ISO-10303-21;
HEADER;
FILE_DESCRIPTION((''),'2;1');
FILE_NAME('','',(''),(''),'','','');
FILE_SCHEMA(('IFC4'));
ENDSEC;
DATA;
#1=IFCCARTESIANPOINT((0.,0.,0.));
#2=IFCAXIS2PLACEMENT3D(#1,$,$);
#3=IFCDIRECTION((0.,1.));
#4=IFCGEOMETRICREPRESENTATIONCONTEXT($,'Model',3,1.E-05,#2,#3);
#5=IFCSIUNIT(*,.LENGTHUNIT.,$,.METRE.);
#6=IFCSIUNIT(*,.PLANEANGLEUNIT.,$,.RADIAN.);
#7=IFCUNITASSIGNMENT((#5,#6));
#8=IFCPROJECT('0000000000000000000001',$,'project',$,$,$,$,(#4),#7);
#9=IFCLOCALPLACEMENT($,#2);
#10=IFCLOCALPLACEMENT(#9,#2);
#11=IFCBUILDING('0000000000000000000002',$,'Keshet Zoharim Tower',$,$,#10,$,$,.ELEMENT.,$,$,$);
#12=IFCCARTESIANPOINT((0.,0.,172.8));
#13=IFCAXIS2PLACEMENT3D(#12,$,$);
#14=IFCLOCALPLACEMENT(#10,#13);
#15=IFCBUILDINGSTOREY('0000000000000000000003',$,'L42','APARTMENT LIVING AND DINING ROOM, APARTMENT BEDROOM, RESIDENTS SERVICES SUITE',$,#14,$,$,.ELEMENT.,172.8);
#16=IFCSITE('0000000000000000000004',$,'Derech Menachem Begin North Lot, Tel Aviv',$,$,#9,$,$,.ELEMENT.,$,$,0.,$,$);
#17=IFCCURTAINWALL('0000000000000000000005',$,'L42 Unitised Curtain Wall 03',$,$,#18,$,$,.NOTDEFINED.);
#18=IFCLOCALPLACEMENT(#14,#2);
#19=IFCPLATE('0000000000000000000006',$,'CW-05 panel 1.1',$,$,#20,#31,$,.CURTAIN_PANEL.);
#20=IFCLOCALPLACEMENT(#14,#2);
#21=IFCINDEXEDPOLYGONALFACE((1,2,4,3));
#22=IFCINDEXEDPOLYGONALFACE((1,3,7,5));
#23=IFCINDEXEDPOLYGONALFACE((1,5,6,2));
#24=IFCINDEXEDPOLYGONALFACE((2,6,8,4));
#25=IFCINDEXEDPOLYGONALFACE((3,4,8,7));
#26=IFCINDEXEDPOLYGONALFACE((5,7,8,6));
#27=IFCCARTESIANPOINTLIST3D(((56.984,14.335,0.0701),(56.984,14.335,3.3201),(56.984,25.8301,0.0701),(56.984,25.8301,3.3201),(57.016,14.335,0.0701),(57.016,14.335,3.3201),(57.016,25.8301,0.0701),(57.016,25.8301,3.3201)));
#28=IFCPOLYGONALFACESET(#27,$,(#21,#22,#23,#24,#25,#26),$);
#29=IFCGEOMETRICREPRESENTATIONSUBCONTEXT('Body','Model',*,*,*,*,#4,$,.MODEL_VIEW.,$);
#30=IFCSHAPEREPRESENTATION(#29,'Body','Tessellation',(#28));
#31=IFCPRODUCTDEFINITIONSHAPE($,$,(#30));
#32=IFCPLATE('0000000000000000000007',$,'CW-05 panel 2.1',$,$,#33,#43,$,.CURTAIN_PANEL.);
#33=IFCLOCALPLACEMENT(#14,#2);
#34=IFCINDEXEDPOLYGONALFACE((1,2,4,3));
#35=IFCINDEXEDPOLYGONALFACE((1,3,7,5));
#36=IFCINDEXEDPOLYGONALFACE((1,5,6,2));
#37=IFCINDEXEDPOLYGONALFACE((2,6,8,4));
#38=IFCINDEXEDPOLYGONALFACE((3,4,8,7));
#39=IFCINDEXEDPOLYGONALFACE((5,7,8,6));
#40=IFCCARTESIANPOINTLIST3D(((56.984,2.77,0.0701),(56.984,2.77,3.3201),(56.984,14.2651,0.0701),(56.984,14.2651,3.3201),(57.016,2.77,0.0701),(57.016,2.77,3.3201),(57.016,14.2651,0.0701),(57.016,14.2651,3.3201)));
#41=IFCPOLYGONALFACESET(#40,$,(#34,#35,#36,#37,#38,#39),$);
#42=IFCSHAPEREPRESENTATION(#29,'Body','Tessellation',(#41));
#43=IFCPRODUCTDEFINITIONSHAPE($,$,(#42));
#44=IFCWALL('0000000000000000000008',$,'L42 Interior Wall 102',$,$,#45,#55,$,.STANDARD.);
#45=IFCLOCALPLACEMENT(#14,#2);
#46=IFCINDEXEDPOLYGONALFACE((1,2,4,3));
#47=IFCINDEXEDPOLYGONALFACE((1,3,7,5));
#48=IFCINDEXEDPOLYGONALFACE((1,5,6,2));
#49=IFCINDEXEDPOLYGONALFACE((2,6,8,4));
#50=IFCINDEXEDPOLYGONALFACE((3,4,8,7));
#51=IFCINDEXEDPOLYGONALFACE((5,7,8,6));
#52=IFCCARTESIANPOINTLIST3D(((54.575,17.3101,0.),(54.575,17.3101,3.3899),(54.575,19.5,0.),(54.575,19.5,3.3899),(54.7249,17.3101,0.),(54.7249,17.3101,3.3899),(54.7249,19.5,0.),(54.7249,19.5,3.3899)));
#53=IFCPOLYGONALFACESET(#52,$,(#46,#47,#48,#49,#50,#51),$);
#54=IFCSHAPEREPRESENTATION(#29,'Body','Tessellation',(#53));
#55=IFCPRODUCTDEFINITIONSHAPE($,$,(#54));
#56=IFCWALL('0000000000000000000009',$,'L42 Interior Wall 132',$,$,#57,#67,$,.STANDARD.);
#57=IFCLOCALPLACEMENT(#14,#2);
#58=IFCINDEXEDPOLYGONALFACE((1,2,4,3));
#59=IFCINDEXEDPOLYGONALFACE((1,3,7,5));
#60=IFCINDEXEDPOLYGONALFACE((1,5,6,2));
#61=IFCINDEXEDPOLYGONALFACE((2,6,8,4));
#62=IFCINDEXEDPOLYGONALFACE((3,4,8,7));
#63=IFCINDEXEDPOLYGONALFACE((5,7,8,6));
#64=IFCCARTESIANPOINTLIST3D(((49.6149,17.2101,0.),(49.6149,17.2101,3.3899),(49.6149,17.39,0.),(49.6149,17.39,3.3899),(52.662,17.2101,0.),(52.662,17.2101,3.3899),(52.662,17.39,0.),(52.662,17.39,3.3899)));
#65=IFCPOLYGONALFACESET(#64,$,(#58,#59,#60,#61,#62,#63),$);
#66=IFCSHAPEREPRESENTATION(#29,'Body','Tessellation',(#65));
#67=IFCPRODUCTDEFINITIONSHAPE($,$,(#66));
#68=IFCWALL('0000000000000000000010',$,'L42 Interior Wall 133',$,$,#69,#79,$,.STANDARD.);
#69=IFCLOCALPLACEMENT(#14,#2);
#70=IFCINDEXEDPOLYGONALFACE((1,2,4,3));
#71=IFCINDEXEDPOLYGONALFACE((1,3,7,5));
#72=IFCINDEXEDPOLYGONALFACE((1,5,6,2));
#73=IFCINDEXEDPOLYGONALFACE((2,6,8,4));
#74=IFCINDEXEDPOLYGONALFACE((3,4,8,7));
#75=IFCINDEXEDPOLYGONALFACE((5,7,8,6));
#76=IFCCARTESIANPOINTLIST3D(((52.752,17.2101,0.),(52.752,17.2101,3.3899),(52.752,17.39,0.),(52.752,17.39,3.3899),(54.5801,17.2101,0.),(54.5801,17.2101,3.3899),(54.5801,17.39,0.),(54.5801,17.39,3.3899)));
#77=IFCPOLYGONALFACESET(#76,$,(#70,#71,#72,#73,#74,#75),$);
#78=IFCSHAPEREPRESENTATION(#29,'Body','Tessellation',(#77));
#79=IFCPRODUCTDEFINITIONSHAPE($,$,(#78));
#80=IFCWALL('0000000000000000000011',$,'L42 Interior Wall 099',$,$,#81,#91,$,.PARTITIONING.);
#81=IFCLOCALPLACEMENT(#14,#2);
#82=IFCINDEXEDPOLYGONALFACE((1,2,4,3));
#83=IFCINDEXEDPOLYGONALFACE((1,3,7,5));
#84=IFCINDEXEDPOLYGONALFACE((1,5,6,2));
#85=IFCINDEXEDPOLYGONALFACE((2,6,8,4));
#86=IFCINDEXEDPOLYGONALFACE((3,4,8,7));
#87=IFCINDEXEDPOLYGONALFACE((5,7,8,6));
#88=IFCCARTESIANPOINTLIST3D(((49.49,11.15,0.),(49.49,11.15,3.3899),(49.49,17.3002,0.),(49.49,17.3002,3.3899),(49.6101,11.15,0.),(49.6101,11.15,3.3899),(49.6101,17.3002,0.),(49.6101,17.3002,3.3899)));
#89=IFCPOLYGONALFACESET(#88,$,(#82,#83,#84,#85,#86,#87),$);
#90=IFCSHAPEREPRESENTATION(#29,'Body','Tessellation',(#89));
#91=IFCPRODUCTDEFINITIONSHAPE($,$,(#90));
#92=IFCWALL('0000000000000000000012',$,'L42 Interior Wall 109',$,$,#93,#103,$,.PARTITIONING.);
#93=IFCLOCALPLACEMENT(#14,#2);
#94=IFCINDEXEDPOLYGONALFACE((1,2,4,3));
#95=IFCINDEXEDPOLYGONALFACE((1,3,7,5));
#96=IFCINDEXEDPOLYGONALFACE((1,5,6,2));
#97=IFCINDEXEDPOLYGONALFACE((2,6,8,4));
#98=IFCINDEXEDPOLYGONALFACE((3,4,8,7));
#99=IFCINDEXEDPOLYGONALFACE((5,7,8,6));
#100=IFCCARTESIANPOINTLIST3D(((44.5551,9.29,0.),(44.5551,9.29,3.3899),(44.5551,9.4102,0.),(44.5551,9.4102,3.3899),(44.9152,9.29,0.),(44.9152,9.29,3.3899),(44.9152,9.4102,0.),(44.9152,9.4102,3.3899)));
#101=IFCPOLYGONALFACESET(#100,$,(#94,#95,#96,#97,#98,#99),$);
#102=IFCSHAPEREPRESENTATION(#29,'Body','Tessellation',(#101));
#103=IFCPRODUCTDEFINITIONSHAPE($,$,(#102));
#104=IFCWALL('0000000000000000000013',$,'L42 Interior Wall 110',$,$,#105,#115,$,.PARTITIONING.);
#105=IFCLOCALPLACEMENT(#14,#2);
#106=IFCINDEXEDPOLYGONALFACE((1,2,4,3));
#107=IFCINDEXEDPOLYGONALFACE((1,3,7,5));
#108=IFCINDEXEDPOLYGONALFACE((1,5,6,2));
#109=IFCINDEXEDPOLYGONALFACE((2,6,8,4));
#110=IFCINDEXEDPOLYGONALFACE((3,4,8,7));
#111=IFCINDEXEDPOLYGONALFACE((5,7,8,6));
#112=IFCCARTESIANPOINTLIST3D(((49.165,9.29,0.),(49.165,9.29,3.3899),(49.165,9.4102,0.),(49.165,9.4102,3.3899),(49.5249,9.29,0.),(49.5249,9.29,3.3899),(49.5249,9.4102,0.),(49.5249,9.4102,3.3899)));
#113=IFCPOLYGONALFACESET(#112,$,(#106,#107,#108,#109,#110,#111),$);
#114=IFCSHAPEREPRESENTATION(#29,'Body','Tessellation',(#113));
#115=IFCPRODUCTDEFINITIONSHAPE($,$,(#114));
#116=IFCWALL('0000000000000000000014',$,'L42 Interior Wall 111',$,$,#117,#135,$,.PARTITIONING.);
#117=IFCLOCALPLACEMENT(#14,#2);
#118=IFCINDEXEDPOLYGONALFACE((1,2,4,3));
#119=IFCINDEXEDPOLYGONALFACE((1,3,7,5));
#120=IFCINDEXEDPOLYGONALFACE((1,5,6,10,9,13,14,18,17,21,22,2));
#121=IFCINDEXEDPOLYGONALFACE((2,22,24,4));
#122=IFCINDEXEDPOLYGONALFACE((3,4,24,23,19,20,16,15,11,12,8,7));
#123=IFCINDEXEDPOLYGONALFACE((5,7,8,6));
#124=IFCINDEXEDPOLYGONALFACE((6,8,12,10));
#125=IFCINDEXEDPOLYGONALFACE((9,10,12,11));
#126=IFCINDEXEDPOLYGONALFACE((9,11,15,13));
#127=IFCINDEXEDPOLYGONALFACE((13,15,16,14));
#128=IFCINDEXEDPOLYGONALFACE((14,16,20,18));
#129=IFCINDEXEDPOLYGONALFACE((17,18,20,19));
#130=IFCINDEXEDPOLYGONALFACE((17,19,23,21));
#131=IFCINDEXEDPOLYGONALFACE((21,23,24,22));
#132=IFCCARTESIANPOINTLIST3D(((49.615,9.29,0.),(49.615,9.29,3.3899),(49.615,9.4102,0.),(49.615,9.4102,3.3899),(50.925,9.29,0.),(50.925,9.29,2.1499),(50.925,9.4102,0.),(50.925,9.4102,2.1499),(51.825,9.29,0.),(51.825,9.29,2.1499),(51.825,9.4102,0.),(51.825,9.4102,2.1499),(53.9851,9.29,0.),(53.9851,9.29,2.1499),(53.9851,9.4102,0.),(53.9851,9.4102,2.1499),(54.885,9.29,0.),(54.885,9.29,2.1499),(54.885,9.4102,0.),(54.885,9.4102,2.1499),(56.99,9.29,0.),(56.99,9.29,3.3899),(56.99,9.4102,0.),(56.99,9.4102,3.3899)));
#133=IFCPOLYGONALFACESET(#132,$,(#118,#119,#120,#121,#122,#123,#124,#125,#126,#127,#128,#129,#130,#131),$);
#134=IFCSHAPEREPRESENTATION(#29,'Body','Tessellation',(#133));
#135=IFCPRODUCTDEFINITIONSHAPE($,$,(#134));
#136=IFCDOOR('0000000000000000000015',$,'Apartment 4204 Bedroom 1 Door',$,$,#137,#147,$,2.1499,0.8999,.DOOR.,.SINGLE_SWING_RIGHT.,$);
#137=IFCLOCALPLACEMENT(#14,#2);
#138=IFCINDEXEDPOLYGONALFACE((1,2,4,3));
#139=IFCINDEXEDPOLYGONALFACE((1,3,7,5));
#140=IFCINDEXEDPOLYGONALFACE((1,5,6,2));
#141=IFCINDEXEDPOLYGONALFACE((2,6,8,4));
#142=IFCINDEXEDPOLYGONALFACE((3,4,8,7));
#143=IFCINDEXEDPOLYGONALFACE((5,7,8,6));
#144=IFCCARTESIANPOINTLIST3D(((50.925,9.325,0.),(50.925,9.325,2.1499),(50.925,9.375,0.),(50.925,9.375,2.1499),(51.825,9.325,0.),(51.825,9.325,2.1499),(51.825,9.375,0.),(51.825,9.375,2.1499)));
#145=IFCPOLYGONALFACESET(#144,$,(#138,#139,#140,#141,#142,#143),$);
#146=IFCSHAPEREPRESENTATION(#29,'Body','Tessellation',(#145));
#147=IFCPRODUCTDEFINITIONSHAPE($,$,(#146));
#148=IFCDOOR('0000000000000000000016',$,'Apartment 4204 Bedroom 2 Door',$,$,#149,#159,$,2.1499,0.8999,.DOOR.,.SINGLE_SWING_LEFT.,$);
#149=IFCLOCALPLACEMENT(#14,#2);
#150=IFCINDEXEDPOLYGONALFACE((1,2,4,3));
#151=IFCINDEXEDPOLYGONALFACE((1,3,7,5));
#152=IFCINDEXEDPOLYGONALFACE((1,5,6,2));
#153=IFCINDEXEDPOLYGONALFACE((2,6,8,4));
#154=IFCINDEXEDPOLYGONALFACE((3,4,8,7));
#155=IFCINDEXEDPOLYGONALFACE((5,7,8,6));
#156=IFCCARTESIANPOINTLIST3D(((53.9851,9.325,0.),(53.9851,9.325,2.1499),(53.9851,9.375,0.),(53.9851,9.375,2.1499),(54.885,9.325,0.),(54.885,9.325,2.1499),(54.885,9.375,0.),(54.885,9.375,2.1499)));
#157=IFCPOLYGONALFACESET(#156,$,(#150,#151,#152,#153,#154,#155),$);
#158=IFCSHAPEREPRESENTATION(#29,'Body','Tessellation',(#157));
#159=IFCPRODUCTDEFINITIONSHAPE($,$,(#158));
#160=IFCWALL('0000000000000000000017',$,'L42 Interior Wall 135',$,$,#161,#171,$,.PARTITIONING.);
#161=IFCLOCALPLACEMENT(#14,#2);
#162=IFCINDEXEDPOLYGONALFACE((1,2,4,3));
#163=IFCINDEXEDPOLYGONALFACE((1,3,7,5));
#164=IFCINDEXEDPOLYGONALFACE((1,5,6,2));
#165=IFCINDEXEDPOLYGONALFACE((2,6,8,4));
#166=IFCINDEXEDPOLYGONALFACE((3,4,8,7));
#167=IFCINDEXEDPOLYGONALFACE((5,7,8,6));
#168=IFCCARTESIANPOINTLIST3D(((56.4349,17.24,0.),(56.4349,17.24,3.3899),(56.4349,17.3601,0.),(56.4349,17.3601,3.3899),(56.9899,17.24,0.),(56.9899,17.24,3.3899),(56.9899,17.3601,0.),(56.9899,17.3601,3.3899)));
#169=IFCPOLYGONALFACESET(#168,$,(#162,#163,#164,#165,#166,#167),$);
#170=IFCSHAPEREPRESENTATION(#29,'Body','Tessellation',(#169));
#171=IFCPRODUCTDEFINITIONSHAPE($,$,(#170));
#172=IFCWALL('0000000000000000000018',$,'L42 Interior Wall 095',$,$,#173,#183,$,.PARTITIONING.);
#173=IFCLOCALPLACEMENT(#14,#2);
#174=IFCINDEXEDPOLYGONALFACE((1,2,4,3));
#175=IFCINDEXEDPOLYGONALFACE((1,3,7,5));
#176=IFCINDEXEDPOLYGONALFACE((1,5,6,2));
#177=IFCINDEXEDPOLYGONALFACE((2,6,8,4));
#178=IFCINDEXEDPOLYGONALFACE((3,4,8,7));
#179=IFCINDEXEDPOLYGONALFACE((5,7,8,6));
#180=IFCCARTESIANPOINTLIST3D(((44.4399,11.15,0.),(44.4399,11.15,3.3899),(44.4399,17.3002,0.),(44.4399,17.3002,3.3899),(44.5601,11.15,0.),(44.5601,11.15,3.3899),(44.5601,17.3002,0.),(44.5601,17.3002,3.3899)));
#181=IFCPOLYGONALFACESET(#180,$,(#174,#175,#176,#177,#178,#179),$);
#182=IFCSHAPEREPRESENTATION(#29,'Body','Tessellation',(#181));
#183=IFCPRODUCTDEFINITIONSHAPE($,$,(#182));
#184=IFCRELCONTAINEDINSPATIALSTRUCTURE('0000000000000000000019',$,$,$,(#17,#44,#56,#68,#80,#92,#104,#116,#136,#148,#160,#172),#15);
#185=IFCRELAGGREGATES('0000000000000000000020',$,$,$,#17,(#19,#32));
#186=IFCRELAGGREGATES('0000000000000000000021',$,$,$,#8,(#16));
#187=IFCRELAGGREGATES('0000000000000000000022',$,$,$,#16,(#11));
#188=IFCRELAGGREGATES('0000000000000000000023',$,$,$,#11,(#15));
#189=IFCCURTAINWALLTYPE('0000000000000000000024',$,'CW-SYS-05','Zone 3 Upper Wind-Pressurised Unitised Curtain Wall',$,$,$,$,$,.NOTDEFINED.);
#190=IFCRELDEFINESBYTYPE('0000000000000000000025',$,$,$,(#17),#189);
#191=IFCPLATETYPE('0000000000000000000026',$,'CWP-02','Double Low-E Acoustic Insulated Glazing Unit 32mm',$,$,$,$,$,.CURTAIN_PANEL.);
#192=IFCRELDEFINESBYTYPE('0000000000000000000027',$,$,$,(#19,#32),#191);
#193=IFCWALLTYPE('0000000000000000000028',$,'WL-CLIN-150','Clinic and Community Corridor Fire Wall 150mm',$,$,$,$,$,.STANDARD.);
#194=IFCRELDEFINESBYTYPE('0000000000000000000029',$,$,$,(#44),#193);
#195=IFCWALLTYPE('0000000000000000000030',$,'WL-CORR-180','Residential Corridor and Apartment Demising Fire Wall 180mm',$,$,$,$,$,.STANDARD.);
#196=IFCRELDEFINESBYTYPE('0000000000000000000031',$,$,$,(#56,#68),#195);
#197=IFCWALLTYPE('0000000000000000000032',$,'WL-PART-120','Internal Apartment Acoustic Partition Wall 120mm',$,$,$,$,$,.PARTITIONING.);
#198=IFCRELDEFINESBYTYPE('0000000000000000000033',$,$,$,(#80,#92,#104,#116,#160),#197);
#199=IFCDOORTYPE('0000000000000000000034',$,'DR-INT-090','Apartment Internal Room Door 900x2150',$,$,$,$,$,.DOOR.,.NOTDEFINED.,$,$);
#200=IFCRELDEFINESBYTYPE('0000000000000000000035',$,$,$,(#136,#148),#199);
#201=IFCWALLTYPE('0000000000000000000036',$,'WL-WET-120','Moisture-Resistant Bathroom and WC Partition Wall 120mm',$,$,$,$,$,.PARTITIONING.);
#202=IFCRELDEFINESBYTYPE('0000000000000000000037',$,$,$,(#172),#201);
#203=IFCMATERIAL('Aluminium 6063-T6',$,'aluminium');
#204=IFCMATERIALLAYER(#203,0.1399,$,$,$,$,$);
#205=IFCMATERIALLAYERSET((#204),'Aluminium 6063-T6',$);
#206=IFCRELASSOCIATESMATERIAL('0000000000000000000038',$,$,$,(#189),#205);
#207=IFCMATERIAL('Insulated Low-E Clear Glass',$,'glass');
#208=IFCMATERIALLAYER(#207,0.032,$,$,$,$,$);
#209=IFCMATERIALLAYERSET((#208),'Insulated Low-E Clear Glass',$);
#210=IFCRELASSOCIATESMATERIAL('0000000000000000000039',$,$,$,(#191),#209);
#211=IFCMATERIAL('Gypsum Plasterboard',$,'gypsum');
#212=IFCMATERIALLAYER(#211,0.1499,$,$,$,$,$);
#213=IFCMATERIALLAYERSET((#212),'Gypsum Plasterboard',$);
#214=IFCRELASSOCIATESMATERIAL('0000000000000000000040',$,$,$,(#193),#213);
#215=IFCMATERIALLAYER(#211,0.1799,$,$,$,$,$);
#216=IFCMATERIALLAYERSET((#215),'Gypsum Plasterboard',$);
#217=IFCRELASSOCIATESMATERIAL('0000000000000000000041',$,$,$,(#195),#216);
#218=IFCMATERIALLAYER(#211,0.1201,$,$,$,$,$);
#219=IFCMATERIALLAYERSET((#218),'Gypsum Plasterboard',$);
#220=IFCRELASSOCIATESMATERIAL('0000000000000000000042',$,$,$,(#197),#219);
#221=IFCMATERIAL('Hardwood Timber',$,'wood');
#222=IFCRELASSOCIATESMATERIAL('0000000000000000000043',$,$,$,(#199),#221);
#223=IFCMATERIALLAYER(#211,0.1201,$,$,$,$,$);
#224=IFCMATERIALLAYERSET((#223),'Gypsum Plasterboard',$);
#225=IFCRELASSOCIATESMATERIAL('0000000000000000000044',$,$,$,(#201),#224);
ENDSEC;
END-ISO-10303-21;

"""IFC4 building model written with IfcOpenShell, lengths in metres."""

from ifc_helpers import new_model, si_unit, direction, frame, frame_2d, origin, origin_2d, place, context, subcontext, project, spatial, rectangle, extrude, material, layer, layer_set, type_object, element, fill, aggregate, save


model = new_model("IFC4")

# Units and contexts
model_context = context("Model", 3, precision=1e-05, world=origin(), true_north=direction((0.0, 1.0)))
body_context = subcontext(model_context, "Body", "Model", "MODEL_VIEW")
ifc_project = project(units=[si_unit("LENGTHUNIT", "METRE"), si_unit("PLANEANGLEUNIT", "RADIAN")], contexts=[model_context])

# Site, building, storey
site_placement = place(None, origin())
site = spatial("IfcSite", under=ifc_project, at=site_placement, Name="Derech Menachem Begin North Lot, Tel Aviv", CompositionType="ELEMENT", RefElevation=0.0)
building_placement = place(site_placement, origin())
building = spatial("IfcBuilding", under=site, at=building_placement, Name="Keshet Zoharim Tower", CompositionType="ELEMENT")
storey_placement = place(building_placement, frame((0.0, 0.0, 172.8)))
storey = spatial("IfcBuildingStorey", under=building, at=storey_placement, Name="L42", Description="APARTMENT LIVING AND DINING ROOM, APARTMENT BEDROOM, RESIDENTS SERVICES SUITE", CompositionType="ELEMENT", Elevation=172.8)

# Curtain wall
ifc_material_1 = material(Name="Aluminium 6063-T6", Category="aluminium")
ifc_layer_1 = layer(ifc_material_1, 0.1399)
ifc_layer_set_1 = layer_set([ifc_layer_1], Name="Aluminium 6063-T6")
curtain_wall_type = type_object("IfcCurtainWallType", Name="CW-SYS-05", Description="Zone 3 Upper Wind-Pressurised Unitised Curtain Wall", PredefinedType="NOTDEFINED", material=ifc_layer_set_1)
curtain_wall_1_placement = place(storey_placement, origin())
curtain_wall_1 = element("IfcCurtainWall", 1, at=curtain_wall_1_placement, inside=storey, type_object=curtain_wall_type, Name="L42 Unitised Curtain Wall 03", PredefinedType="NOTDEFINED")

# Plates
ifc_material_2 = material(Name="Insulated Low-E Clear Glass", Category="glass")
ifc_layer_2 = layer(ifc_material_2, 0.032)
ifc_layer_set_2 = layer_set([ifc_layer_2], Name="Insulated Low-E Clear Glass")
plate_type = type_object("IfcPlateType", Name="CWP-02", Description="Double Low-E Acoustic Insulated Glazing Unit 32mm", PredefinedType="CURTAIN_PANEL", material=ifc_layer_set_2)
plate_1_placement = place(storey_placement, frame((57.0, 20.0825, 0.0701), z_axis=(0.0, 0.0, 1.0), x_axis=(0.0, -1.0, 0.0)))
plate_1 = element("IfcPlate", 2, at=plate_1_placement, type_object=plate_type, Name="CW-05 panel 1.1", PredefinedType="CURTAIN_PANEL", context=body_context, shape_type="SweptSolid", body=[
    extrude(rectangle(XDim=11.4951, YDim=0.032, at=origin_2d()), origin(), (0.0, 0.0, 1.0), 3.25),
])
plate_2_placement = place(storey_placement, frame((57.0, 8.5176, 0.0701), z_axis=(0.0, 0.0, 1.0), x_axis=(0.0, -1.0, 0.0)))
plate_2 = element("IfcPlate", 3, at=plate_2_placement, type_object=plate_type, Name="CW-05 panel 2.1", PredefinedType="CURTAIN_PANEL", context=body_context, shape_type="SweptSolid", body=[
    extrude(rectangle(XDim=11.4951, YDim=0.032, at=origin_2d()), origin(), (0.0, 0.0, 1.0), 3.25),
])
aggregate(curtain_wall_1, [plate_1, plate_2])

# Wall
ifc_material_3 = material(Name="Gypsum Plasterboard", Category="gypsum")
ifc_layer_3 = layer(ifc_material_3, 0.1499)
ifc_layer_set_3 = layer_set([ifc_layer_3], Name="Gypsum Plasterboard")
wall_type_1 = type_object("IfcWallType", Name="WL-CLIN-150", Description="Clinic and Community Corridor Fire Wall 150mm", PredefinedType="STANDARD", material=ifc_layer_set_3)
wall_1_placement = place(storey_placement, frame((54.6499, 17.3101, 0.0), z_axis=(0.0, 0.0, 1.0), x_axis=(0.0, 1.0, 0.0)))
element("IfcWall", 4, at=wall_1_placement, inside=storey, type_object=wall_type_1, Name="L42 Interior Wall 102", PredefinedType="STANDARD", context=body_context, shape_type="SweptSolid", body=[
    extrude(rectangle(XDim=2.1899, YDim=0.1499, at=frame_2d((1.095, 0.0))), origin(), (0.0, 0.0, 1.0), 3.3899),
])

# Shared definitions
ifc_layer_4 = layer(ifc_material_3, 0.1799)
ifc_layer_set_4 = layer_set([ifc_layer_4], Name="Gypsum Plasterboard")
wall_type_2 = type_object("IfcWallType", Name="WL-CORR-180", Description="Residential Corridor and Apartment Demising Fire Wall 180mm", PredefinedType="STANDARD", material=ifc_layer_set_4)
ifc_material_4 = material(Name="Hardwood Timber", Category="wood")

# Walls
wall_2_placement = place(storey_placement, frame((49.615, 17.3, 0.0), z_axis=(0.0, 0.0, 1.0), x_axis=(1.0, 0.0, 0.0)))
element("IfcWall", 5, at=wall_2_placement, inside=storey, type_object=wall_type_2, Name="L42 Interior Wall 132", PredefinedType="STANDARD", context=body_context, shape_type="SweptSolid", body=[
    extrude(rectangle(XDim=3.0471, YDim=0.1799, at=frame_2d((1.5234, 0.0))), origin(), (0.0, 0.0, 1.0), 3.3899),
])
wall_3_placement = place(storey_placement, frame((52.752, 17.3, 0.0), z_axis=(0.0, 0.0, 1.0), x_axis=(1.0, 0.0, 0.0)))
element("IfcWall", 6, at=wall_3_placement, inside=storey, type_object=wall_type_2, Name="L42 Interior Wall 133", PredefinedType="STANDARD", context=body_context, shape_type="SweptSolid", body=[
    extrude(rectangle(XDim=1.8281, YDim=0.1799, at=frame_2d((0.9141, 0.0))), origin(), (0.0, 0.0, 1.0), 3.3899),
])
ifc_layer_5 = layer(ifc_material_3, 0.1201)
ifc_layer_set_5 = layer_set([ifc_layer_5], Name="Gypsum Plasterboard")
wall_type_3 = type_object("IfcWallType", Name="WL-PART-120", Description="Internal Apartment Acoustic Partition Wall 120mm", PredefinedType="PARTITIONING", material=ifc_layer_set_5)
wall_4_placement = place(storey_placement, frame((49.55, 11.1499, 0.0), z_axis=(0.0, 0.0, 1.0), x_axis=(0.0, 1.0, 0.0)))
element("IfcWall", 7, at=wall_4_placement, inside=storey, type_object=wall_type_3, Name="L42 Interior Wall 099", PredefinedType="PARTITIONING", context=body_context, shape_type="SweptSolid", body=[
    extrude(rectangle(XDim=6.1501, YDim=0.1201, at=frame_2d((3.0752, 0.0))), origin(), (0.0, 0.0, 1.0), 3.3899),
])
wall_5_placement = place(storey_placement, frame((44.5549, 9.3501, 0.0), z_axis=(0.0, 0.0, 1.0), x_axis=(1.0, 0.0, 0.0)))
element("IfcWall", 8, at=wall_5_placement, inside=storey, type_object=wall_type_3, Name="L42 Interior Wall 109", PredefinedType="PARTITIONING", context=body_context, shape_type="SweptSolid", body=[
    extrude(rectangle(XDim=0.3601, YDim=0.1201, at=frame_2d((0.1802, 0.0))), origin(), (0.0, 0.0, 1.0), 3.3899),
])
wall_6_placement = place(storey_placement, frame((49.165, 9.3501, 0.0), z_axis=(0.0, 0.0, 1.0), x_axis=(1.0, 0.0, 0.0)))
element("IfcWall", 9, at=wall_6_placement, inside=storey, type_object=wall_type_3, Name="L42 Interior Wall 110", PredefinedType="PARTITIONING", context=body_context, shape_type="SweptSolid", body=[
    extrude(rectangle(XDim=0.3599, YDim=0.1201, at=frame_2d((0.1799, 0.0))), origin(), (0.0, 0.0, 1.0), 3.3899),
])

# Wall, openings, doors
wall_7_placement = place(storey_placement, frame((49.615, 9.3501, 0.0), z_axis=(0.0, 0.0, 1.0), x_axis=(1.0, 0.0, 0.0)))
wall_7 = element("IfcWall", 10, at=wall_7_placement, inside=storey, type_object=wall_type_3, Name="L42 Interior Wall 111", PredefinedType="PARTITIONING", context=body_context, shape_type="SweptSolid", body=[
    extrude(rectangle(XDim=7.375, YDim=0.1201, at=frame_2d((3.6875, 0.0))), origin(), (0.0, 0.0, 1.0), 3.3899),
])
opening_1_placement = place(wall_7_placement, frame((1.3101, 0.0, 0.0)))
opening_1 = element("IfcOpeningElement", 11, at=opening_1_placement, cuts=wall_7, PredefinedType="OPENING", context=body_context, shape_type="SweptSolid", body=[
    extrude(rectangle(XDim=0.8999, YDim=2.1499, at=frame_2d((0.45, 1.075))), frame((0.0, 0.0701, 0.0), z_axis=(0.0, -1.0, 0.0), x_axis=(1.0, 0.0, 0.0)), (0.0, 0.0, 1.0), 0.1401),
])
opening_2_placement = place(wall_7_placement, frame((4.3701, 0.0, 0.0)))
opening_2 = element("IfcOpeningElement", 12, at=opening_2_placement, cuts=wall_7, PredefinedType="OPENING", context=body_context, shape_type="SweptSolid", body=[
    extrude(rectangle(XDim=0.8999, YDim=2.1499, at=frame_2d((0.45, 1.075))), frame((0.0, 0.0701, 0.0), z_axis=(0.0, -1.0, 0.0), x_axis=(1.0, 0.0, 0.0)), (0.0, 0.0, 1.0), 0.1401),
])
door_type_1 = type_object("IfcDoorType", Name="DR-INT-090", Description="Apartment Internal Room Door 900x2150", OperationType="NOTDEFINED", PredefinedType="DOOR", material=ifc_material_4)
door_1_placement = place(opening_1_placement, origin())
door_1 = element("IfcDoor", 13, at=door_1_placement, inside=storey, type_object=door_type_1, Name="Apartment 4204 Bedroom 1 Door", OperationType="SINGLE_SWING_RIGHT", OverallHeight=2.1499, OverallWidth=0.8999, PredefinedType="DOOR", context=body_context, shape_type="SweptSolid", body=[
    extrude(rectangle(XDim=0.8999, YDim=2.1499, at=frame_2d((0.45, 1.075))), frame((0.0, 0.0249, 0.0), z_axis=(0.0, -1.0, 0.0), x_axis=(1.0, 0.0, 0.0)), (0.0, 0.0, 1.0), 0.05),
])
fill(opening_1, door_1)
door_2_placement = place(opening_2_placement, origin())
door_2 = element("IfcDoor", 14, at=door_2_placement, inside=storey, type_object=door_type_1, Name="Apartment 4204 Bedroom 2 Door", OperationType="SINGLE_SWING_LEFT", OverallHeight=2.1499, OverallWidth=0.8999, PredefinedType="DOOR", context=body_context, shape_type="SweptSolid", body=[
    extrude(rectangle(XDim=0.8999, YDim=2.1499, at=frame_2d((0.45, 1.075))), frame((0.0, 0.0249, 0.0), z_axis=(0.0, -1.0, 0.0), x_axis=(1.0, 0.0, 0.0)), (0.0, 0.0, 1.0), 0.05),
])
fill(opening_2, door_2)

# Walls
wall_8_placement = place(storey_placement, frame((56.4351, 17.3, 0.0), z_axis=(0.0, 0.0, 1.0), x_axis=(1.0, 0.0, 0.0)))
element("IfcWall", 15, at=wall_8_placement, inside=storey, type_object=wall_type_3, Name="L42 Interior Wall 135", PredefinedType="PARTITIONING", context=body_context, shape_type="SweptSolid", body=[
    extrude(rectangle(XDim=0.5549, YDim=0.1201, at=frame_2d((0.2773, 0.0))), origin(), (0.0, 0.0, 1.0), 3.3899),
])
ifc_layer_6 = layer(ifc_material_3, 0.1201)
ifc_layer_set_6 = layer_set([ifc_layer_6], Name="Gypsum Plasterboard")
wall_type_4 = type_object("IfcWallType", Name="WL-WET-120", Description="Moisture-Resistant Bathroom and WC Partition Wall 120mm", PredefinedType="PARTITIONING", material=ifc_layer_set_6)
for number, where, z_axis, x_axis, name in (
    (16, (44.5, 11.1499, 0.0), (0.0, 0.0, 1.0), (0.0, 1.0, 0.0), "L42 Interior Wall 095"),
):
    element("IfcWall", number, at=place(storey_placement, frame(where, z_axis=z_axis, x_axis=x_axis)), inside=storey, type_object=wall_type_4, Name=name, PredefinedType="PARTITIONING", context=body_context, shape_type="SweptSolid", body=[
        extrude(rectangle(XDim=6.1501, YDim=0.1201, at=frame_2d((3.0752, 0.0))), origin(), (0.0, 0.0, 1.0), 3.3899),
    ])

save(model, "model.ifc")
